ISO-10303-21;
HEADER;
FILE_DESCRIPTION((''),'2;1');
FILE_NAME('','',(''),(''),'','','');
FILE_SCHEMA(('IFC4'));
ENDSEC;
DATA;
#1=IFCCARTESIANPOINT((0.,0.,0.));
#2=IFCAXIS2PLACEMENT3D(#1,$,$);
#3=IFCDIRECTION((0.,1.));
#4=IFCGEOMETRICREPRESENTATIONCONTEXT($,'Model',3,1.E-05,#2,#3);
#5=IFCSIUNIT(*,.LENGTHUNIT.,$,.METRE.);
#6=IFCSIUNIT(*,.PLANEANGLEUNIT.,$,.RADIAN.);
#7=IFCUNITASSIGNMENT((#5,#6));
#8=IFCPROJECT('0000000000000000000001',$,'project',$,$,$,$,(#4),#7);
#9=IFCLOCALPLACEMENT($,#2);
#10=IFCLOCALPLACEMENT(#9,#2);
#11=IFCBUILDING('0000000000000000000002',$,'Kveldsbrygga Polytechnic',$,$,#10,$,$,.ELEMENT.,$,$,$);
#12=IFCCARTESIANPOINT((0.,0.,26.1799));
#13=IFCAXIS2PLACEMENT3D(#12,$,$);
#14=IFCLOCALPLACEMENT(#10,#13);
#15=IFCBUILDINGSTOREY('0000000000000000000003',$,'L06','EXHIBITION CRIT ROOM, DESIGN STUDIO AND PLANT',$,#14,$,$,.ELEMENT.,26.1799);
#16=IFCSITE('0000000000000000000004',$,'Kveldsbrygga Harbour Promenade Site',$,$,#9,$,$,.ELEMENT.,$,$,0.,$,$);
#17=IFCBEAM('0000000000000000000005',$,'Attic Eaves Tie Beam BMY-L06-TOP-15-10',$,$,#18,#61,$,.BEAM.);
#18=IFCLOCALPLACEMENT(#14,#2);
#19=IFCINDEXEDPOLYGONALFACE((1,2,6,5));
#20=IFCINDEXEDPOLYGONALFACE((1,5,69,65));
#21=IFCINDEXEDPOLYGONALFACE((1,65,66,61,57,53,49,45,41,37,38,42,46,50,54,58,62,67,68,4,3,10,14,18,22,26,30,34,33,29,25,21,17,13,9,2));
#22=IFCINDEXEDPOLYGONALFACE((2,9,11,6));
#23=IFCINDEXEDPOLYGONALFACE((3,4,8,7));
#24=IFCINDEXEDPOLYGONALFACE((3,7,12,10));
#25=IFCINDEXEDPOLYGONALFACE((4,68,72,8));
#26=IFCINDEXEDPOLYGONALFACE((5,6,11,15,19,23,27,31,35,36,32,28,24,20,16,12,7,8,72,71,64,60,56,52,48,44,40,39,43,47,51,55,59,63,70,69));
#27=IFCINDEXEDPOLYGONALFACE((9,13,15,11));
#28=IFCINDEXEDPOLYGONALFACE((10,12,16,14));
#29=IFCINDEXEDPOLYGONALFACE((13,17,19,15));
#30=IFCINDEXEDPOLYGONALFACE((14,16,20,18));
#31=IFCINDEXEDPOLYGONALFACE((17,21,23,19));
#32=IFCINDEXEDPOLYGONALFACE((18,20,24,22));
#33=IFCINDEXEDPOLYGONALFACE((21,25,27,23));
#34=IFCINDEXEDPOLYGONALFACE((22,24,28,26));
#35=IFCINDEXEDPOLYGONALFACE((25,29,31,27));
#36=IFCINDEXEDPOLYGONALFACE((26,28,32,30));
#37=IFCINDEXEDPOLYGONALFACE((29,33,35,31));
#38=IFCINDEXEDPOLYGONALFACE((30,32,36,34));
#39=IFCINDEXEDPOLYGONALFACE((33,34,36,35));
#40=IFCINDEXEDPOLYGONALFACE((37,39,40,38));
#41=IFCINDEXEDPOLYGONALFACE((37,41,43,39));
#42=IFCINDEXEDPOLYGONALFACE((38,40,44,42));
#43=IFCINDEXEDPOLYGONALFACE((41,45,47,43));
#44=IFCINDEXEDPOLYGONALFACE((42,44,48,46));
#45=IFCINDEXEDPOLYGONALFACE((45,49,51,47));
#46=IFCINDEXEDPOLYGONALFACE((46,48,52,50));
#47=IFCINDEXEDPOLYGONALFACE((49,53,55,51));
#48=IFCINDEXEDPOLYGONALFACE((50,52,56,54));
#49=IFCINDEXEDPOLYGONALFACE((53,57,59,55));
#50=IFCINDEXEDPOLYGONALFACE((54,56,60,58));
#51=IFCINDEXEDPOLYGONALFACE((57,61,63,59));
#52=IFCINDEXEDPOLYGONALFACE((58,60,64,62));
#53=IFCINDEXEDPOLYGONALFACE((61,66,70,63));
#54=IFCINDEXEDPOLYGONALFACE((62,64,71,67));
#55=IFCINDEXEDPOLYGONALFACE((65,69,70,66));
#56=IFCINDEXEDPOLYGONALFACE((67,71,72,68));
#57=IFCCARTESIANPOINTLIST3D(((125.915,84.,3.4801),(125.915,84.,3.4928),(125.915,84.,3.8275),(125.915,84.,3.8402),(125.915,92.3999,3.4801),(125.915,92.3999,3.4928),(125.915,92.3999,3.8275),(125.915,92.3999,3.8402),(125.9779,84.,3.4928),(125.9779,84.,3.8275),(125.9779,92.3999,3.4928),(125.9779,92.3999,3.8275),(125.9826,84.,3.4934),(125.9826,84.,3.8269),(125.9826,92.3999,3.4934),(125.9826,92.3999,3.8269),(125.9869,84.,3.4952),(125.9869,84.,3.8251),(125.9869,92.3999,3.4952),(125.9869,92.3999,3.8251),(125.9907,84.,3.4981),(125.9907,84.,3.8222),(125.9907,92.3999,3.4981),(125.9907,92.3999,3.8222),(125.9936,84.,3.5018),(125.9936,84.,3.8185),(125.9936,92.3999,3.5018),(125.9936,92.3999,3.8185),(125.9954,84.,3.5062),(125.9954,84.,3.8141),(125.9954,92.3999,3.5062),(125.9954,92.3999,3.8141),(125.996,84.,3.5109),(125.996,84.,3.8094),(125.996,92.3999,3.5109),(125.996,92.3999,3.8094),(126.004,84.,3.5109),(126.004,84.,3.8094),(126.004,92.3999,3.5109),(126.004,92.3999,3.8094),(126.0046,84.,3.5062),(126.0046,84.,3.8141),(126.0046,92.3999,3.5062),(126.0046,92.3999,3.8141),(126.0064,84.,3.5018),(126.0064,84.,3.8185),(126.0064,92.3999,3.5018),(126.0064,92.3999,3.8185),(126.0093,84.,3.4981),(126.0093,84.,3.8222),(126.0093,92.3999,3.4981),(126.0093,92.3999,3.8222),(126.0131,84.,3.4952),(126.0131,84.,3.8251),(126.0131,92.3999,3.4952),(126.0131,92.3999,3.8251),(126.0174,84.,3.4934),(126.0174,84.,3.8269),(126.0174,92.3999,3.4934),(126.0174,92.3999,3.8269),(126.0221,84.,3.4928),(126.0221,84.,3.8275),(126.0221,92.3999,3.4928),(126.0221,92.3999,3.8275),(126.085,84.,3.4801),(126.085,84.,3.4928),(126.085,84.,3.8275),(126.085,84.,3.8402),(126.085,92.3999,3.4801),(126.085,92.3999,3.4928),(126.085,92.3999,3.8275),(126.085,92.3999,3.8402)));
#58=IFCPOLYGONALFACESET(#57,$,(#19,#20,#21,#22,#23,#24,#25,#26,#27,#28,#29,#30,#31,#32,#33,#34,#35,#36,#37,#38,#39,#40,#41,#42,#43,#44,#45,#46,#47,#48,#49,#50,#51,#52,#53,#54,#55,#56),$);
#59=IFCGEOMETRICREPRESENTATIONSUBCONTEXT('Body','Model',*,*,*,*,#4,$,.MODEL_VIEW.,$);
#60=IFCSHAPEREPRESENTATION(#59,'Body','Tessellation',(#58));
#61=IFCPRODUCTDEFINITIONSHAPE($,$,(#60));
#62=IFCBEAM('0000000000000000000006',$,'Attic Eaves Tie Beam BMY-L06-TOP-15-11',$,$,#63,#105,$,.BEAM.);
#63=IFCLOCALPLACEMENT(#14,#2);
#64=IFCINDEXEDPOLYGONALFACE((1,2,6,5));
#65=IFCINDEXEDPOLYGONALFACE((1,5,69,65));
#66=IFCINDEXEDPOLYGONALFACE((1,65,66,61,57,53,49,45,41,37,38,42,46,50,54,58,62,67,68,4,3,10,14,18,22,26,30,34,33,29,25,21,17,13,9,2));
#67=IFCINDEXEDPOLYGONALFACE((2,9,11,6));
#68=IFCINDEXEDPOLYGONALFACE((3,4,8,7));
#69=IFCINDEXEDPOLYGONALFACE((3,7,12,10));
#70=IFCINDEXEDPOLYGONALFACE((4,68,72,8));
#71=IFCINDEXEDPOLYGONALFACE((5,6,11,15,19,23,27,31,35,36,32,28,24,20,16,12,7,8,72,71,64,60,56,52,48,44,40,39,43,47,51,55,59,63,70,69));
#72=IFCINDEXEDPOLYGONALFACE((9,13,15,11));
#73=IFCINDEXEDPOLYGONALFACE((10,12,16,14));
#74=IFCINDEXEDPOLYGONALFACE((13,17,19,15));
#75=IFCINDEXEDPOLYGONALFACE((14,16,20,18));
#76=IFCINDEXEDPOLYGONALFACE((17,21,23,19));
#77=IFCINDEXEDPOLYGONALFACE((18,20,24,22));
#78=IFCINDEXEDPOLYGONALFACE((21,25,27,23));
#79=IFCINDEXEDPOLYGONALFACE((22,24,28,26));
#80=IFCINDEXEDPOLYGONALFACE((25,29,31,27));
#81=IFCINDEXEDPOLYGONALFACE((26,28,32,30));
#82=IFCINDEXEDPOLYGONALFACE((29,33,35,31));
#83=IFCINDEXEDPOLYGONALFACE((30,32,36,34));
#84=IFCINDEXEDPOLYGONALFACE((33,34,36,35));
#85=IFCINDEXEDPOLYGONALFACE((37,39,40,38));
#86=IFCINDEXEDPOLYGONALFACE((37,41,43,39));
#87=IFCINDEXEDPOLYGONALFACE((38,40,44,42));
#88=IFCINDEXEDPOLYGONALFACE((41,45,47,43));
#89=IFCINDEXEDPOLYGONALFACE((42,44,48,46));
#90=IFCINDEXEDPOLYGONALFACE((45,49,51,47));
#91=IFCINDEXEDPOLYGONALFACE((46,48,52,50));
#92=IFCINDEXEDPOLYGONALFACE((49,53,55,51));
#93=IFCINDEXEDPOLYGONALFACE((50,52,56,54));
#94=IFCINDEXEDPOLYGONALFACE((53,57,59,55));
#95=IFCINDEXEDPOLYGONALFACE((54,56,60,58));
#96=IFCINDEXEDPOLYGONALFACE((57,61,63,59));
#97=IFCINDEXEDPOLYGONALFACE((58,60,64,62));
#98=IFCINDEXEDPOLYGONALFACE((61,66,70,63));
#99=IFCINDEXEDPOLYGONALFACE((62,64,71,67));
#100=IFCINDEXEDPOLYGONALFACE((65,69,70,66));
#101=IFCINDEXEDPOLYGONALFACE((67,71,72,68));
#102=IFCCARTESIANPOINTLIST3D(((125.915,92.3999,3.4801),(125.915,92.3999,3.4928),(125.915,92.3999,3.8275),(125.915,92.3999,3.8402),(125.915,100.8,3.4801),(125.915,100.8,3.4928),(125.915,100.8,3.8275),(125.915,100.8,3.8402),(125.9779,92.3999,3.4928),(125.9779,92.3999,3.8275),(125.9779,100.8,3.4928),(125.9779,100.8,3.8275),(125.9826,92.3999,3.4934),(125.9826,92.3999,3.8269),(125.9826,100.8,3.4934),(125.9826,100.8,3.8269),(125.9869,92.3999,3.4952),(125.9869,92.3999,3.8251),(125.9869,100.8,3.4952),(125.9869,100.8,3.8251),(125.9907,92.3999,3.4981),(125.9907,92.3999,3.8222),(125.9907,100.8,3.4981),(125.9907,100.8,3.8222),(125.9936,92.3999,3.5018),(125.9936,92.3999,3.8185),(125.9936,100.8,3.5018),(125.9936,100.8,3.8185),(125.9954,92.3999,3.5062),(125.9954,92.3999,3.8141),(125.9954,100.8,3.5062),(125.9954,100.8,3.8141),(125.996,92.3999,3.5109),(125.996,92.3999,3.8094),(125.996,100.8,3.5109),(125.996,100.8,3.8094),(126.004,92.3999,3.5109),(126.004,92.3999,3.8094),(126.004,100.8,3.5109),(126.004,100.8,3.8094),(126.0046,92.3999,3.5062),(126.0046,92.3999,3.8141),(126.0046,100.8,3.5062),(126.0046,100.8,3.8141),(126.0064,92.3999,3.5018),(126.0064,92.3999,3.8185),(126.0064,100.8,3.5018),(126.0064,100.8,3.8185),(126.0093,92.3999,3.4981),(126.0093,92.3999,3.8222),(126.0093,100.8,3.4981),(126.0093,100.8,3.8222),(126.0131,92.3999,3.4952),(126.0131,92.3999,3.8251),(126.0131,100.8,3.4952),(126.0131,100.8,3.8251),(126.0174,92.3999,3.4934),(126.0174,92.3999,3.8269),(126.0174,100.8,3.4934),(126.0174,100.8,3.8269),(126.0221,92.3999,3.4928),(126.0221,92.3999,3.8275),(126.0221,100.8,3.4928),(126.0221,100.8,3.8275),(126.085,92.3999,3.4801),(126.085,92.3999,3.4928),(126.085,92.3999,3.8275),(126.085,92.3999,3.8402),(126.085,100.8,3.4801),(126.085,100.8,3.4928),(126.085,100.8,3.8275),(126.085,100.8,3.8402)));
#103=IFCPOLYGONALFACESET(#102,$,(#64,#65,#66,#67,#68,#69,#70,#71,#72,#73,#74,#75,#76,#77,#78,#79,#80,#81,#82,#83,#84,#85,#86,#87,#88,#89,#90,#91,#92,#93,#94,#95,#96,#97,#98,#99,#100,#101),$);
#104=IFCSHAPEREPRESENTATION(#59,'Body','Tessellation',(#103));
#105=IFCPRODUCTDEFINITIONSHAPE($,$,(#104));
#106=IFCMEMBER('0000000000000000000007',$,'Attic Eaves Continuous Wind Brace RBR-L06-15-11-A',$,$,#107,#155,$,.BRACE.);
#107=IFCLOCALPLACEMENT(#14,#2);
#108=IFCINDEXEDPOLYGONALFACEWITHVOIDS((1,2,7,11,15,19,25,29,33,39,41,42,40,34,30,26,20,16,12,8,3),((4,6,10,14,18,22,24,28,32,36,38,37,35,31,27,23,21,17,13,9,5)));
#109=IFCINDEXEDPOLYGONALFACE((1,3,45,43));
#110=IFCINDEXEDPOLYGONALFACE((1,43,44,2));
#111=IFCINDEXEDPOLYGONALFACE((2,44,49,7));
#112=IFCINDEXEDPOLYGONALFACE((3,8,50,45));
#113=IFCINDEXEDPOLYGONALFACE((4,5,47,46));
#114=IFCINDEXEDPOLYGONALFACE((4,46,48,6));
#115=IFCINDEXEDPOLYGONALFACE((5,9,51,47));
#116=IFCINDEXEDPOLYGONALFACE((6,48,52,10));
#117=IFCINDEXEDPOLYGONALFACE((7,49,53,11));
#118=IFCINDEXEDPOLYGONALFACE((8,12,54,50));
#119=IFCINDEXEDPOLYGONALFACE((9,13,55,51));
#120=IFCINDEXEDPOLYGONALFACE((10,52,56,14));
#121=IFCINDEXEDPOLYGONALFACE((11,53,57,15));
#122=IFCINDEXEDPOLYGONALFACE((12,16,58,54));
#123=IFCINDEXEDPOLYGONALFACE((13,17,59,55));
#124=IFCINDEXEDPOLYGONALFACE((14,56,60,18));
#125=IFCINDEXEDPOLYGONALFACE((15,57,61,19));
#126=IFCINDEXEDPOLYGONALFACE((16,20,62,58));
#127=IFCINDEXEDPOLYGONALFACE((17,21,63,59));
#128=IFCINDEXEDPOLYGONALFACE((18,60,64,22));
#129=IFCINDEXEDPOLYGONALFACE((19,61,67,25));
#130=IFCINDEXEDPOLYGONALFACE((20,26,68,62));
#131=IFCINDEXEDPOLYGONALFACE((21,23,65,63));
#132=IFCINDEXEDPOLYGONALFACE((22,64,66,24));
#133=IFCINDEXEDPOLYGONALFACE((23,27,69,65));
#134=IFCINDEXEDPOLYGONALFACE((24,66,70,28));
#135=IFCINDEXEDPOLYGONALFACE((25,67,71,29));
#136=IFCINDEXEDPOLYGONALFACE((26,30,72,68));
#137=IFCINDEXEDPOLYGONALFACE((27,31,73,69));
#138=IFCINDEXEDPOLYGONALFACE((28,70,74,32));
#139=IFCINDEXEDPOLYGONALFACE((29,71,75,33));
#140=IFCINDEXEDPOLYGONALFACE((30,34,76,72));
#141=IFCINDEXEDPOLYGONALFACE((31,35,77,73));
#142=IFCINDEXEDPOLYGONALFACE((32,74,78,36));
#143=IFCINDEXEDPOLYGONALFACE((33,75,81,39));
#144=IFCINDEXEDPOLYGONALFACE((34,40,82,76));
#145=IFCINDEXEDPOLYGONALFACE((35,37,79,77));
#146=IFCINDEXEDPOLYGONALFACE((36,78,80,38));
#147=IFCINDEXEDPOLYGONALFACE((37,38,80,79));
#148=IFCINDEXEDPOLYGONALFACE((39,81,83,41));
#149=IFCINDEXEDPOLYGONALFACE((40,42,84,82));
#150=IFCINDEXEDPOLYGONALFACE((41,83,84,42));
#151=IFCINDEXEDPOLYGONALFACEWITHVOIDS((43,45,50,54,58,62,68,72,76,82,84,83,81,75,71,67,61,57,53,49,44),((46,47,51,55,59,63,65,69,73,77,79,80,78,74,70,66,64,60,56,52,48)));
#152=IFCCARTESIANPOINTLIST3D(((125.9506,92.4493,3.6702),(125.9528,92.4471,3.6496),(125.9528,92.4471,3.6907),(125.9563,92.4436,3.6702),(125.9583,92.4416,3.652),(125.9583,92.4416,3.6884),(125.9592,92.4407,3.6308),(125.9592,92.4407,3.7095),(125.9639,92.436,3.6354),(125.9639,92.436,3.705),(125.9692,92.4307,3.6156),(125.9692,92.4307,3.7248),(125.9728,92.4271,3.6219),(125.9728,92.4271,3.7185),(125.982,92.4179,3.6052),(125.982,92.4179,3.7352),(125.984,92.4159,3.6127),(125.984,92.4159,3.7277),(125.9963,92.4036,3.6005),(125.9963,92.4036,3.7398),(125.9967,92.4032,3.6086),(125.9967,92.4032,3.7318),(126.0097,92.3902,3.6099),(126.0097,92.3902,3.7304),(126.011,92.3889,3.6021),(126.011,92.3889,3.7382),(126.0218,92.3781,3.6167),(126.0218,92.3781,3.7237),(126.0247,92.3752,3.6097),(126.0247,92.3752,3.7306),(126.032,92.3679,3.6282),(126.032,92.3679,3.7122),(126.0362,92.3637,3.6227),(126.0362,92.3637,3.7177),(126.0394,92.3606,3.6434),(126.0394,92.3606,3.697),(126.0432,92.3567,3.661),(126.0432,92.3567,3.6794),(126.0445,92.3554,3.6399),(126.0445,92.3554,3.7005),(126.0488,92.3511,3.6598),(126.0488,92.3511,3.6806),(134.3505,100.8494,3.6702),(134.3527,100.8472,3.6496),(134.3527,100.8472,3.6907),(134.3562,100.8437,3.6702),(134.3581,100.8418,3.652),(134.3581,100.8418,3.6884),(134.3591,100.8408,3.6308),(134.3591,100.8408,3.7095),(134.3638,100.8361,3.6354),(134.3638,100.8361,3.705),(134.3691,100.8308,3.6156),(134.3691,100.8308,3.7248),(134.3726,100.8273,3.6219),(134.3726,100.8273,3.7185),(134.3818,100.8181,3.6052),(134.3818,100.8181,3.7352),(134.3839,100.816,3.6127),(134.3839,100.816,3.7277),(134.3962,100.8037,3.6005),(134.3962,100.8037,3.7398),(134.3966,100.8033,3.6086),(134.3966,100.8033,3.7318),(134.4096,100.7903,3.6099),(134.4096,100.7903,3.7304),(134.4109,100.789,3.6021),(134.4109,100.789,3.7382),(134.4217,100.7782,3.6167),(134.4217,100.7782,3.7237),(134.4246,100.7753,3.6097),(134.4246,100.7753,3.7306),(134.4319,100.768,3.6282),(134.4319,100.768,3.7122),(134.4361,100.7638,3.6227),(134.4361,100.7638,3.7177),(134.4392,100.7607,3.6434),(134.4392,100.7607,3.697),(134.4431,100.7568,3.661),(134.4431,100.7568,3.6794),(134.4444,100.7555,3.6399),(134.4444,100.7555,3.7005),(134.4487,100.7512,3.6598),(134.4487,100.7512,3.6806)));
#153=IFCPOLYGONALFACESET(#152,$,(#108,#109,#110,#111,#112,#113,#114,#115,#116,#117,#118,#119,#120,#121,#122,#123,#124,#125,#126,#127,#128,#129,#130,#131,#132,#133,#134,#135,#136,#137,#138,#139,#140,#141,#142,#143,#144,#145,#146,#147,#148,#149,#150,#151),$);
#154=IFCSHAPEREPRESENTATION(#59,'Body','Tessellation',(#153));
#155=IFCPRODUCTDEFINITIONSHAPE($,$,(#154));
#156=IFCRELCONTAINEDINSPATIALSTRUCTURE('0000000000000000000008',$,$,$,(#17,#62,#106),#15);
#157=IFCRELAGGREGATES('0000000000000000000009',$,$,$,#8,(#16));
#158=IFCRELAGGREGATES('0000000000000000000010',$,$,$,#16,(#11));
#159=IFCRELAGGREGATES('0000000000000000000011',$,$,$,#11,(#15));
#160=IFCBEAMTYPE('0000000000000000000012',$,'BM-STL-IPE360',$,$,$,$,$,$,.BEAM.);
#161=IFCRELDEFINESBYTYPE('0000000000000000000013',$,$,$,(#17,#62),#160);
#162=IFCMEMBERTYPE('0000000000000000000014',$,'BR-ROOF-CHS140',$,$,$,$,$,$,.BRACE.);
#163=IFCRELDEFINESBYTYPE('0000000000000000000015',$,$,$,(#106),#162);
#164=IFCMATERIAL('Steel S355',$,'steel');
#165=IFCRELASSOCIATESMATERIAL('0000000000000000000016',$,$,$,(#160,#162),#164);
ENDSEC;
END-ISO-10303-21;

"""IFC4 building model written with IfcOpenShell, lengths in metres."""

from ifc_helpers import new_model, si_unit, direction, frame, origin, origin_2d, place, context, subcontext, project, spatial, hollow_circle, i_section, extrude, material, material_profile, profile_set, type_object, element, save


model = new_model("IFC4")

# Units and contexts
model_context = context("Model", 3, precision=1e-05, world=origin(), true_north=direction((0.0, 1.0)))
body_context = subcontext(model_context, "Body", "Model", "MODEL_VIEW")
ifc_project = project(units=[si_unit("LENGTHUNIT", "METRE"), si_unit("PLANEANGLEUNIT", "RADIAN")], contexts=[model_context])

# Site, building, storey
site_placement = place(None, origin())
site = spatial("IfcSite", under=ifc_project, at=site_placement, Name="Kveldsbrygga Harbour Promenade Site", CompositionType="ELEMENT", RefElevation=0.0)
building_placement = place(site_placement, origin())
building = spatial("IfcBuilding", under=site, at=building_placement, Name="Kveldsbrygga Polytechnic", CompositionType="ELEMENT")
storey_placement = place(building_placement, frame((0.0, 0.0, 26.1799)))
storey = spatial("IfcBuildingStorey", under=building, at=storey_placement, Name="L06", Description="EXHIBITION CRIT ROOM, DESIGN STUDIO AND PLANT", CompositionType="ELEMENT", Elevation=26.1799)

# Beams
ifc_material_1 = material(Name="Steel S355", Category="steel")
ifc_material_profile_1 = material_profile(ifc_material_1, i_section(OverallWidth=0.1699, OverallDepth=0.3601, WebThickness=0.0081, FlangeThickness=0.0127, FilletRadius=0.0181, at=origin_2d()), Name="IPE 360")
ifc_profile_set_1 = profile_set([ifc_material_profile_1], Name="Steel S355")
beam_type = type_object("IfcBeamType", Name="BM-STL-IPE360", PredefinedType="BEAM", material=ifc_profile_set_1)
beam_1_placement = place(storey_placement, frame((126.0, 84.0, 3.6602), z_axis=(0.0, 1.0, 0.0), x_axis=(-1.0, 0.0, 0.0)))
element("IfcBeam", 1, at=beam_1_placement, inside=storey, type_object=beam_type, Name="Attic Eaves Tie Beam BMY-L06-TOP-15-10", PredefinedType="BEAM", context=body_context, shape_type="SweptSolid", body=[
    extrude(i_section(OverallWidth=0.1699, OverallDepth=0.3601, WebThickness=0.0081, FlangeThickness=0.0127, FilletRadius=0.0181, at=origin_2d()), origin(), (0.0, 0.0, 1.0), 8.3999),
])
beam_2_placement = place(storey_placement, frame((126.0, 92.3999, 3.6602), z_axis=(0.0, 1.0, 0.0), x_axis=(-1.0, 0.0, 0.0)))
element("IfcBeam", 2, at=beam_2_placement, inside=storey, type_object=beam_type, Name="Attic Eaves Tie Beam BMY-L06-TOP-15-11", PredefinedType="BEAM", context=body_context, shape_type="SweptSolid", body=[
    extrude(i_section(OverallWidth=0.1699, OverallDepth=0.3601, WebThickness=0.0081, FlangeThickness=0.0127, FilletRadius=0.0181, at=origin_2d()), origin(), (0.0, 0.0, 1.0), 8.4001),
])

# Member
ifc_material_profile_2 = material_profile(ifc_material_1, hollow_circle(Radius=0.0698, WallThickness=0.0081, at=origin_2d()), Name="CHS 139.7x8.0")
ifc_profile_set_2 = profile_set([ifc_material_profile_2], Name="Steel S355")
member_type_1 = type_object("IfcMemberType", Name="BR-ROOF-CHS140", PredefinedType="BRACE", material=ifc_profile_set_2)
member_1_placement = place(storey_placement, frame((126.0, 92.3999, 3.6702), z_axis=(0.707097, 0.707117, 0.0), x_axis=(-0.707117, 0.707097, 0.0)))
element("IfcMember", 3, at=member_1_placement, inside=storey, type_object=member_type_1, Name="Attic Eaves Continuous Wind Brace RBR-L06-15-11-A", PredefinedType="BRACE", context=body_context, shape_type="SweptSolid", body=[
    extrude(hollow_circle(Radius=0.0698, WallThickness=0.0081, at=origin_2d()), origin(), (0.0, 0.0, 1.0), 11.8794),
])

save(model, "model.ifc")
